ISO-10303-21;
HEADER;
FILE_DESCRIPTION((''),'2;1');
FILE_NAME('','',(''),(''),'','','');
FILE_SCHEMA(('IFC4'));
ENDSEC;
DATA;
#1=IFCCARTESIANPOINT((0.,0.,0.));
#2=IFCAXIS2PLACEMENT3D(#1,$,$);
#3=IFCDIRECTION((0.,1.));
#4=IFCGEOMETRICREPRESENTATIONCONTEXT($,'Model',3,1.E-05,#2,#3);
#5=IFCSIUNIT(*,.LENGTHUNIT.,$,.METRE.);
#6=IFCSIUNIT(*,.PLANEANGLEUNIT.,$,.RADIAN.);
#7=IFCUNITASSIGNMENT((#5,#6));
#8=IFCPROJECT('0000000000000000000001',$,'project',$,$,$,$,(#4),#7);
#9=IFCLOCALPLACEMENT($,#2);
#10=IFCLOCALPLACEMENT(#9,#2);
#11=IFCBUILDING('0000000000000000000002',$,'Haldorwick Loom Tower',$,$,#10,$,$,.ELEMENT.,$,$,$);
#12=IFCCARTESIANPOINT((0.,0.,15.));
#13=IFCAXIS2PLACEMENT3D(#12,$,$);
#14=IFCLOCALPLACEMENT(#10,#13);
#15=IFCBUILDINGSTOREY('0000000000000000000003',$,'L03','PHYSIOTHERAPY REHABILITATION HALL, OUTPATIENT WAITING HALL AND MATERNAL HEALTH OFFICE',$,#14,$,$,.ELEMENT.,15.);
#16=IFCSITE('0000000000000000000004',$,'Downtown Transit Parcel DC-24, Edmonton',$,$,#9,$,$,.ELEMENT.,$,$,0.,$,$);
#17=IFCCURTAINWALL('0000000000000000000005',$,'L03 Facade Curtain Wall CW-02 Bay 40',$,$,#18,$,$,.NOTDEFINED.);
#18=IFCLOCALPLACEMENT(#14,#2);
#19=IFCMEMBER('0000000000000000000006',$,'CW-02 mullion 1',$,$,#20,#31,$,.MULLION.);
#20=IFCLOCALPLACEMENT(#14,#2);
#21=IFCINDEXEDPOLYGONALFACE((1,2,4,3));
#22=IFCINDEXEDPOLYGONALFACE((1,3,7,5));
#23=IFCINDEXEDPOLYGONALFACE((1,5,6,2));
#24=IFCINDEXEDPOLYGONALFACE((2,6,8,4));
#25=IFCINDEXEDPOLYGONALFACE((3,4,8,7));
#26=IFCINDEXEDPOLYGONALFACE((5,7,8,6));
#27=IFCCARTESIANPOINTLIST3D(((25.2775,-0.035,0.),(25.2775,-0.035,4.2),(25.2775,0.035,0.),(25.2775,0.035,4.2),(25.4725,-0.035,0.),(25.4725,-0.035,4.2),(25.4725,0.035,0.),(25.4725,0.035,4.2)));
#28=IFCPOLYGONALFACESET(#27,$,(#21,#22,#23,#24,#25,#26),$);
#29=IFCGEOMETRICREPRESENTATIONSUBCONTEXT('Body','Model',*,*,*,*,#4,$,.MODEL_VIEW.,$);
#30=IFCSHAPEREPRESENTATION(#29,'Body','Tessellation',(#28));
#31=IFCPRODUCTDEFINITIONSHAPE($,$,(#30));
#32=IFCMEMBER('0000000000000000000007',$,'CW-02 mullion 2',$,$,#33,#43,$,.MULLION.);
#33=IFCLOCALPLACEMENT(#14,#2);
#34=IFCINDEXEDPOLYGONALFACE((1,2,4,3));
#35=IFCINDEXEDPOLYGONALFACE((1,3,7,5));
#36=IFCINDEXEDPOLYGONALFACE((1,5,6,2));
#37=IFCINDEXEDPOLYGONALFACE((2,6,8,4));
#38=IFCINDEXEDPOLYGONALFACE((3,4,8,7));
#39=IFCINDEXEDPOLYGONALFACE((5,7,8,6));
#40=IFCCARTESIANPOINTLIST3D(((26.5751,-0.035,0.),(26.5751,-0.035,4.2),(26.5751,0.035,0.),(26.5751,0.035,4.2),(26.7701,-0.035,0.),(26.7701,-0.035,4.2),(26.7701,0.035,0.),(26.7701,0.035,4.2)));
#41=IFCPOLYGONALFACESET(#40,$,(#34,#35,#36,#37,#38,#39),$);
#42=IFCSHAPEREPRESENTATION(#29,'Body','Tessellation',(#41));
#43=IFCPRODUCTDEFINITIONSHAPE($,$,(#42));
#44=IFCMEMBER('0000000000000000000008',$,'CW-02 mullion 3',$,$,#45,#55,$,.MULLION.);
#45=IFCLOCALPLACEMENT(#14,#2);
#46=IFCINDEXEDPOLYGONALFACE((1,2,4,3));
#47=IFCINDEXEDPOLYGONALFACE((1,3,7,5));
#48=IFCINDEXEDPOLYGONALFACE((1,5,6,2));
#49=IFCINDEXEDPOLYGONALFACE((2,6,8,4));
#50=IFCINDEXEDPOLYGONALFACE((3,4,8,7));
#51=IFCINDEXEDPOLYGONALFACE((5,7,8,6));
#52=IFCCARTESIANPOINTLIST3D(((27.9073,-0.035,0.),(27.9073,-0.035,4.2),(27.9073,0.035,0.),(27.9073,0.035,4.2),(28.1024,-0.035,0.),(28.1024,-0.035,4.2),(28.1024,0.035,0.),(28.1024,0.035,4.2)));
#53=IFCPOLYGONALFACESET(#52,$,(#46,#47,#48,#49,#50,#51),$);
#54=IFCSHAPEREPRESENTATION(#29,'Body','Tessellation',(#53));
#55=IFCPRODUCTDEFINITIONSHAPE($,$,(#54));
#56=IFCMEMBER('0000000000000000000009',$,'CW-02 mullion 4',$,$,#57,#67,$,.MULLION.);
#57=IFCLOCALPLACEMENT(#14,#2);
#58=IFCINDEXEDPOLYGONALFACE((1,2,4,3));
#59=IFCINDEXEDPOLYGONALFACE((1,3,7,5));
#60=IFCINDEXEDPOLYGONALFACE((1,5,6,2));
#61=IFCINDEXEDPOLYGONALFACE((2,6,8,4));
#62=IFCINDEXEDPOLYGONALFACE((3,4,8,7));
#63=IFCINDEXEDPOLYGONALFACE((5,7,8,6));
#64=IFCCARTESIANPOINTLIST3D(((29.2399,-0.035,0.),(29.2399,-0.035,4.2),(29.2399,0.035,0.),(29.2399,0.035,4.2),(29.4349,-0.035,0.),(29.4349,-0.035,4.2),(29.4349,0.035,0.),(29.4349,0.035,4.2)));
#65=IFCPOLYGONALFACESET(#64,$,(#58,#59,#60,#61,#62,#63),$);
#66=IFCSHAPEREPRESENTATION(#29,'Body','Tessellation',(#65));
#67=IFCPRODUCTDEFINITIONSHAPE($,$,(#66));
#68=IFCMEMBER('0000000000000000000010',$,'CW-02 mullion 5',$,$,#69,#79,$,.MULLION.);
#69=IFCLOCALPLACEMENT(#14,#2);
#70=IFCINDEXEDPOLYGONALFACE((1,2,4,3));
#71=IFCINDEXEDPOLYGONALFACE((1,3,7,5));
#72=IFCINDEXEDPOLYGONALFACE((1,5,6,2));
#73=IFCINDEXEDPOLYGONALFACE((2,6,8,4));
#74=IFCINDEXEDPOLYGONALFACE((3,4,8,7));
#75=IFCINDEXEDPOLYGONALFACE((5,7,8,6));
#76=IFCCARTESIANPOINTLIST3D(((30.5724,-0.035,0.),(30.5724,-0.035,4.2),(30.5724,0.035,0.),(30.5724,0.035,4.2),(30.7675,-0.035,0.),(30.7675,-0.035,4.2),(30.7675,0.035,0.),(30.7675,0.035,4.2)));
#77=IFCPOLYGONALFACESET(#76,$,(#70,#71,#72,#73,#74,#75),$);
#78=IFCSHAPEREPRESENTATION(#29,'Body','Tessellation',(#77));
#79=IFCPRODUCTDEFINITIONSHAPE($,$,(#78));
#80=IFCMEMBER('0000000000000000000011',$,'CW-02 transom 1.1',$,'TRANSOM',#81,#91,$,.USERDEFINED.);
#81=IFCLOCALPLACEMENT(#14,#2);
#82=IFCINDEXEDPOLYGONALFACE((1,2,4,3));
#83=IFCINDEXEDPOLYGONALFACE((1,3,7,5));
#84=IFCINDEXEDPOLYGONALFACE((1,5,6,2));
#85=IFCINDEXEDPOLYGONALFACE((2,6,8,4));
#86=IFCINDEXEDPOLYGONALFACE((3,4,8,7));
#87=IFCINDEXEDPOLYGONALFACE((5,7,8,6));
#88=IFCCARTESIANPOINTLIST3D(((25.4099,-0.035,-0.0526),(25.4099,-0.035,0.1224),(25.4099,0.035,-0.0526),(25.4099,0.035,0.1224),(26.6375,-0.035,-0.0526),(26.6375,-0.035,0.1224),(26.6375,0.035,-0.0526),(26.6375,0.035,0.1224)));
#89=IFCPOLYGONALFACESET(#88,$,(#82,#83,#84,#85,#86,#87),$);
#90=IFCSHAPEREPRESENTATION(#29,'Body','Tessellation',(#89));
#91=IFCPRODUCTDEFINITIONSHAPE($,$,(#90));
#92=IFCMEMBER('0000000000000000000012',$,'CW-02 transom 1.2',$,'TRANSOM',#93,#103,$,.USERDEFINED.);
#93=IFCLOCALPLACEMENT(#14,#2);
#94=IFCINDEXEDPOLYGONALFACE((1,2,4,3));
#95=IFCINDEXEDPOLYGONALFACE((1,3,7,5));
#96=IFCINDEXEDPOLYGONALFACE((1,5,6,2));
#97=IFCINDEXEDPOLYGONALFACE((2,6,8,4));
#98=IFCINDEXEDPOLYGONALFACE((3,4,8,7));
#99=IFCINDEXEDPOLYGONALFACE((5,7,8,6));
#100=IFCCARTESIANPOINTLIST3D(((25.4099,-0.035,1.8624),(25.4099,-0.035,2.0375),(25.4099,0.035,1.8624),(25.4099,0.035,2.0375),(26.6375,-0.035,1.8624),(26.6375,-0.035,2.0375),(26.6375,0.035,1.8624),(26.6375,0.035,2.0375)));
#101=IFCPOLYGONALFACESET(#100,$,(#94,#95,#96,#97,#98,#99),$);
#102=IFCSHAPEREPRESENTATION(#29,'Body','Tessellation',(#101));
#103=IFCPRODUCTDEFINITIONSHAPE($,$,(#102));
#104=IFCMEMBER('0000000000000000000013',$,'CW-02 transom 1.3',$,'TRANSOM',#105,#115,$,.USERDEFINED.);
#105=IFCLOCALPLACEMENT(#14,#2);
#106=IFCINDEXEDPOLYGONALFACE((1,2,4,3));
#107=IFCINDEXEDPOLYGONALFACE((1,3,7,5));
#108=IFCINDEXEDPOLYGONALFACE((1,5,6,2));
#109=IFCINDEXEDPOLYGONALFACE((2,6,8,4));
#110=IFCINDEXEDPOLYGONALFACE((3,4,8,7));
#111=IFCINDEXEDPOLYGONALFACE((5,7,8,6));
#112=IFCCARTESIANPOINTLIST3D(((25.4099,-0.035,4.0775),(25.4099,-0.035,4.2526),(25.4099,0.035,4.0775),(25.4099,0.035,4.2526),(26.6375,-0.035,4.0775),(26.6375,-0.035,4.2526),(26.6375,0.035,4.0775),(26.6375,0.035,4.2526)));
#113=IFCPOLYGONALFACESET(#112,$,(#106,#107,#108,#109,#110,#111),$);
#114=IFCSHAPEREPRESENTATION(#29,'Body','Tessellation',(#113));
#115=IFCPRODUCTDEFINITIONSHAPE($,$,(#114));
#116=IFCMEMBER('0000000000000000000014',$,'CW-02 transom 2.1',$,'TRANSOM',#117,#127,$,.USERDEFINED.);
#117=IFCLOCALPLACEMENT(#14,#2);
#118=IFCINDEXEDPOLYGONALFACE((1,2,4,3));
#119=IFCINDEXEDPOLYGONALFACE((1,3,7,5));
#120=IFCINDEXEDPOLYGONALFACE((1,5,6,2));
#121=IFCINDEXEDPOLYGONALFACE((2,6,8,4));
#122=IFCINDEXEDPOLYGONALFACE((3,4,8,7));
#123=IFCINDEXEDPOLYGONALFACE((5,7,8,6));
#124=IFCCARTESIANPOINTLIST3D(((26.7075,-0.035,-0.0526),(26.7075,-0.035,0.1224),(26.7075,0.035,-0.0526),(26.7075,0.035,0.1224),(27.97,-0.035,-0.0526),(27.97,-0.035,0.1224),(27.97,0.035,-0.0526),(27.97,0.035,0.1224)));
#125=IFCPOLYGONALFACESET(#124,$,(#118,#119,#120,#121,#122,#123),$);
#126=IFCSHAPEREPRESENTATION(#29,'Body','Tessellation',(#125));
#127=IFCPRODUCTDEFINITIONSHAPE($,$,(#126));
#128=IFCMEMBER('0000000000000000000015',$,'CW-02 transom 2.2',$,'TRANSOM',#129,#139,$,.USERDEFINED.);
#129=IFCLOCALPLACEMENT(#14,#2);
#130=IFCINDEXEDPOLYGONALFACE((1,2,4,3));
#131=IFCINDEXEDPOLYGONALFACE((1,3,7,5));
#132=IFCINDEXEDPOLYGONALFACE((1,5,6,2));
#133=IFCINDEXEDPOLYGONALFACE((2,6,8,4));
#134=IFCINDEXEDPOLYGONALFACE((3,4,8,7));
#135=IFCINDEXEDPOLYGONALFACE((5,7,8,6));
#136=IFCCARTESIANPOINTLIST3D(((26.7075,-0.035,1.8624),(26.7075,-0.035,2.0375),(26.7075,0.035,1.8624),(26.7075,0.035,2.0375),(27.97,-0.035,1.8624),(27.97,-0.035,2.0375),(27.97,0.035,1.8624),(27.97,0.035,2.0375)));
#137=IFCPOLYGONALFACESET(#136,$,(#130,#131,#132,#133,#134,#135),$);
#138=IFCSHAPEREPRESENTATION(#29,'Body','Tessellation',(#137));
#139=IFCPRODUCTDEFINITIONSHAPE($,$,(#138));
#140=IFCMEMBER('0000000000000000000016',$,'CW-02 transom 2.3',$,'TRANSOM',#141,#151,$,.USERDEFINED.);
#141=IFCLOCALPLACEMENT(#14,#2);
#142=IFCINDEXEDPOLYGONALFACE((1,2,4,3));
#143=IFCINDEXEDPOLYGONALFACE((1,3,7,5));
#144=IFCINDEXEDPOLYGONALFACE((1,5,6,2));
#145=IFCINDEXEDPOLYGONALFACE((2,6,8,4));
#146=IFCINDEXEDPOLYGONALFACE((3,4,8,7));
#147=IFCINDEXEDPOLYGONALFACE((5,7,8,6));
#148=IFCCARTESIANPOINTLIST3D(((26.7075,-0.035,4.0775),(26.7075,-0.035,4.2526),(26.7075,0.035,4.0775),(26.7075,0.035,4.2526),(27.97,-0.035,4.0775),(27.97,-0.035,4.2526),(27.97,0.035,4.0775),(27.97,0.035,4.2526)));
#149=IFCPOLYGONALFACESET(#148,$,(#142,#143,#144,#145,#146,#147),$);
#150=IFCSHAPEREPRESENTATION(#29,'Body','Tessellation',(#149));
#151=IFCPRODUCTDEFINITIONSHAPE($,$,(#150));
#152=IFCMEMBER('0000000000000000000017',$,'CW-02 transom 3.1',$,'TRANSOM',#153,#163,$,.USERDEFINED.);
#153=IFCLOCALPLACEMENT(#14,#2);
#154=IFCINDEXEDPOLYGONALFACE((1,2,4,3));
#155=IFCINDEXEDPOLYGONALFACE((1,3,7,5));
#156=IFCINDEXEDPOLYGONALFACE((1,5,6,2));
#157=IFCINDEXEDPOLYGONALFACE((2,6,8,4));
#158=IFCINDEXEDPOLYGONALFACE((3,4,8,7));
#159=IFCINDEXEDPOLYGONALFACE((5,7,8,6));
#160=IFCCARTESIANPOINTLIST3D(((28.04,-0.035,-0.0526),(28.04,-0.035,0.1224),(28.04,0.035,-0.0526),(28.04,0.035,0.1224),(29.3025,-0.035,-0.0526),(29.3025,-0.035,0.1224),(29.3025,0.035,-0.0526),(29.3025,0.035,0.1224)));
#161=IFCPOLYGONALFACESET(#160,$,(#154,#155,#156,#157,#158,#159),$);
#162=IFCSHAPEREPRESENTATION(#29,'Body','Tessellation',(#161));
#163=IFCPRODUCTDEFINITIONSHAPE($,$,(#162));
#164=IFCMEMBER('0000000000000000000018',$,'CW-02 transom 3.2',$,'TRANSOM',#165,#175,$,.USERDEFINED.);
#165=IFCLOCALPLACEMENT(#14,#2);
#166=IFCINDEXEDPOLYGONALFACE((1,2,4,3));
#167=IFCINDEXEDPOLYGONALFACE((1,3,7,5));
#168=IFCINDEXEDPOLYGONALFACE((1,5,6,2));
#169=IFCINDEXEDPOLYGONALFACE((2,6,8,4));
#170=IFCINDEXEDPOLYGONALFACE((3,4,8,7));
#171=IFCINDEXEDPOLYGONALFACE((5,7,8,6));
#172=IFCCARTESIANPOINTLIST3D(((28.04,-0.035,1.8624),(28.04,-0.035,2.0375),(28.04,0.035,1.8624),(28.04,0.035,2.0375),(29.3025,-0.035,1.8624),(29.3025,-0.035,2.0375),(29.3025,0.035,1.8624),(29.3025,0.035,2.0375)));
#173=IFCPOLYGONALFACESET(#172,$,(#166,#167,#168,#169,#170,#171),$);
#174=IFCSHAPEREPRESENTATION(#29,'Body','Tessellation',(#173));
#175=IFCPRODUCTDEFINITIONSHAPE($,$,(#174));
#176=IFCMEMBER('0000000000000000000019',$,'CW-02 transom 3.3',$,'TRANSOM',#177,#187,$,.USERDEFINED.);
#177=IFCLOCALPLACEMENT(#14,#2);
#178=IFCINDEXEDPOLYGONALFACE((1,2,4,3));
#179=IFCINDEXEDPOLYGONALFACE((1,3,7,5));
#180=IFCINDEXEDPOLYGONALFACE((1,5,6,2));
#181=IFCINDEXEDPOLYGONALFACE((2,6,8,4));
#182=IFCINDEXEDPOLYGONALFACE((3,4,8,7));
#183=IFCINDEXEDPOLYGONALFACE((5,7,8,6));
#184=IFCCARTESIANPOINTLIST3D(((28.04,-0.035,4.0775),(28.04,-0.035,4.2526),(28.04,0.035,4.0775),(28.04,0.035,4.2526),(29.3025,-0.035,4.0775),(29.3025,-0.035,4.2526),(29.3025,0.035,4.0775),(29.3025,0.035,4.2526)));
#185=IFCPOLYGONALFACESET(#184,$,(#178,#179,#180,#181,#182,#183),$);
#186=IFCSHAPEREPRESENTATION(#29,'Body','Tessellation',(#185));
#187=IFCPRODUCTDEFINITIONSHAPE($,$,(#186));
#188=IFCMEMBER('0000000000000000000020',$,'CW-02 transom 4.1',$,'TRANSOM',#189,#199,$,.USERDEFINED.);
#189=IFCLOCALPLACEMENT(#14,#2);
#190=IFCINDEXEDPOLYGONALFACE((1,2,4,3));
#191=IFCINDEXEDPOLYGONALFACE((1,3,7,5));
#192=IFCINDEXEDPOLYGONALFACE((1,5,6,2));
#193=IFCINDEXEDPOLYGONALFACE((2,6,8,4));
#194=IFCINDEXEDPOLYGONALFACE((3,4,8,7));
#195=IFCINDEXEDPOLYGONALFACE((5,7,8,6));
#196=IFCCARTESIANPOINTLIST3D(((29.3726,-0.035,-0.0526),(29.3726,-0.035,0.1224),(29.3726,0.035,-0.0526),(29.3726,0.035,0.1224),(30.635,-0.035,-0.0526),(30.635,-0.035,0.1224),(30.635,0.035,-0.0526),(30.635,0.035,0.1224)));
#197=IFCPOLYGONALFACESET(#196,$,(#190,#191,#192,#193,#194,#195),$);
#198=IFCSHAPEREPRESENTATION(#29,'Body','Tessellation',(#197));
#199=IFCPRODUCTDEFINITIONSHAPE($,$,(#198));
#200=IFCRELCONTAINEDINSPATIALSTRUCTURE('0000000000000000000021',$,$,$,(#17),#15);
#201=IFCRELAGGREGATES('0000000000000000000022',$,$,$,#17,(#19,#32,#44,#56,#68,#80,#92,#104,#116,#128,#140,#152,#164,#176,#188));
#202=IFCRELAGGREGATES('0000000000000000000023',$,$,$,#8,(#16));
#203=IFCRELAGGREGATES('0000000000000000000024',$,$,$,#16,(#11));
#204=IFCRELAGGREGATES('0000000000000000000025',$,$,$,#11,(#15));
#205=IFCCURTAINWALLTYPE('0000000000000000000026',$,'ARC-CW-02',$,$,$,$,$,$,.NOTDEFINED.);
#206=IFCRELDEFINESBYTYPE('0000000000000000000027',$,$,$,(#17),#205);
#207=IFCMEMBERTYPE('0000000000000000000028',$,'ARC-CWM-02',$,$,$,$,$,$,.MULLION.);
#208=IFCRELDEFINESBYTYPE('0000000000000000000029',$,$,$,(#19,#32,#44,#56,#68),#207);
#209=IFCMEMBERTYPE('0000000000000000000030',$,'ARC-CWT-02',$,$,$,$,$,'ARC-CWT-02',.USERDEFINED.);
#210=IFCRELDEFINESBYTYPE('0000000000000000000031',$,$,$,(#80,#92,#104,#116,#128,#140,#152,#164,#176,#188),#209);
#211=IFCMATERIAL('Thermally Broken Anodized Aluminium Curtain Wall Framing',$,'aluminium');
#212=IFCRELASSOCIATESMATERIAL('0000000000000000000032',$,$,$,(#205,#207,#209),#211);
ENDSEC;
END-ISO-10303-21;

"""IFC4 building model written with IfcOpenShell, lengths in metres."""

from ifc_helpers import new_model, si_unit, direction, frame, origin, origin_2d, place, context, subcontext, project, spatial, rectangle, extrude, material, material_profile, profile_set, type_object, element, aggregate, save


model = new_model("IFC4")

# Units and contexts
model_context = context("Model", 3, precision=1e-05, world=origin(), true_north=direction((0.0, 1.0)))
body_context = subcontext(model_context, "Body", "Model", "MODEL_VIEW")
ifc_project = project(units=[si_unit("LENGTHUNIT", "METRE"), si_unit("PLANEANGLEUNIT", "RADIAN")], contexts=[model_context])

# Site, building, storey
site_placement = place(None, origin())
site = spatial("IfcSite", under=ifc_project, at=site_placement, Name="Downtown Transit Parcel DC-24, Edmonton", CompositionType="ELEMENT", RefElevation=0.0)
building_placement = place(site_placement, origin())
building = spatial("IfcBuilding", under=site, at=building_placement, Name="Haldorwick Loom Tower", CompositionType="ELEMENT")
storey_placement = place(building_placement, frame((0.0, 0.0, 15.0)))
storey = spatial("IfcBuildingStorey", under=building, at=storey_placement, Name="L03", Description="PHYSIOTHERAPY REHABILITATION HALL, OUTPATIENT WAITING HALL AND MATERNAL HEALTH OFFICE", CompositionType="ELEMENT", Elevation=15.0)

# Curtain wall, members
ifc_material_1 = material(Name="Thermally Broken Anodized Aluminium Curtain Wall Framing", Category="aluminium")
curtain_wall_type = type_object("IfcCurtainWallType", Name="ARC-CW-02", PredefinedType="NOTDEFINED", material=ifc_material_1)
curtain_wall_placement = place(storey_placement, origin())
curtain_wall = element("IfcCurtainWall", 1, at=curtain_wall_placement, inside=storey, type_object=curtain_wall_type, Name="L03 Facade Curtain Wall CW-02 Bay 40", PredefinedType="NOTDEFINED")
ifc_material_profile_1 = material_profile(ifc_material_1, rectangle(XDim=0.0701, YDim=0.1951, at=origin_2d()), Name="ALU_MUL_70X195", Category="aluminium")
ifc_profile_set_1 = profile_set([ifc_material_profile_1], Name="Thermally Broken Anodized Aluminium Curtain Wall Framing")
member_type_1 = type_object("IfcMemberType", Name="ARC-CWM-02", PredefinedType="MULLION", material=ifc_profile_set_1)
member_1_placement = place(storey_placement, frame((25.375, 0.0, 0.0), z_axis=(0.0, 0.0, 1.0), x_axis=(0.0, 1.0, 0.0)))
member_1 = element("IfcMember", 2, at=member_1_placement, type_object=member_type_1, Name="CW-02 mullion 1", PredefinedType="MULLION", context=body_context, shape_type="SweptSolid", body=[
    extrude(rectangle(XDim=0.0701, YDim=0.1951, at=origin_2d()), origin(), (0.0, 0.0, 1.0), 4.2),
])
member_2_placement = place(storey_placement, frame((26.6726, 0.0, 0.0), z_axis=(0.0, 0.0, 1.0), x_axis=(0.0, 1.0, 0.0)))
member_2 = element("IfcMember", 3, at=member_2_placement, type_object=member_type_1, Name="CW-02 mullion 2", PredefinedType="MULLION", context=body_context, shape_type="SweptSolid", body=[
    extrude(rectangle(XDim=0.0701, YDim=0.1951, at=origin_2d()), origin(), (0.0, 0.0, 1.0), 4.2),
])
member_3_placement = place(storey_placement, frame((28.0049, 0.0, 0.0), z_axis=(0.0, 0.0, 1.0), x_axis=(0.0, 1.0, 0.0)))
member_3 = element("IfcMember", 4, at=member_3_placement, type_object=member_type_1, Name="CW-02 mullion 3", PredefinedType="MULLION", context=body_context, shape_type="SweptSolid", body=[
    extrude(rectangle(XDim=0.0701, YDim=0.1951, at=origin_2d()), origin(), (0.0, 0.0, 1.0), 4.2),
])
member_4_placement = place(storey_placement, frame((29.3374, 0.0, 0.0), z_axis=(0.0, 0.0, 1.0), x_axis=(0.0, 1.0, 0.0)))
member_4 = element("IfcMember", 5, at=member_4_placement, type_object=member_type_1, Name="CW-02 mullion 4", PredefinedType="MULLION", context=body_context, shape_type="SweptSolid", body=[
    extrude(rectangle(XDim=0.0701, YDim=0.1951, at=origin_2d()), origin(), (0.0, 0.0, 1.0), 4.2),
])
member_5_placement = place(storey_placement, frame((30.6699, 0.0, 0.0), z_axis=(0.0, 0.0, 1.0), x_axis=(0.0, 1.0, 0.0)))
member_5 = element("IfcMember", 6, at=member_5_placement, type_object=member_type_1, Name="CW-02 mullion 5", PredefinedType="MULLION", context=body_context, shape_type="SweptSolid", body=[
    extrude(rectangle(XDim=0.0701, YDim=0.1951, at=origin_2d()), origin(), (0.0, 0.0, 1.0), 4.2),
])
ifc_material_profile_2 = material_profile(ifc_material_1, rectangle(XDim=0.0701, YDim=0.175, at=origin_2d()), Name="ALU_TRN_70X175", Category="aluminium")
ifc_profile_set_2 = profile_set([ifc_material_profile_2], Name="Thermally Broken Anodized Aluminium Curtain Wall Framing")
member_type_2 = type_object("IfcMemberType", Name="ARC-CWT-02", ElementType="ARC-CWT-02", PredefinedType="USERDEFINED", material=ifc_profile_set_2)
member_6_placement = place(storey_placement, frame((25.4099, 0.0, 0.0349), z_axis=(1.0, 0.0, 0.0), x_axis=(0.0, 1.0, 0.0)))
member_6 = element("IfcMember", 7, at=member_6_placement, type_object=member_type_2, Name="CW-02 transom 1.1", ObjectType="TRANSOM", PredefinedType="USERDEFINED", context=body_context, shape_type="SweptSolid", body=[
    extrude(rectangle(XDim=0.0701, YDim=0.175, at=origin_2d()), origin(), (0.0, 0.0, 1.0), 1.2275),
])
member_7_placement = place(storey_placement, frame((25.4099, 0.0, 1.95), z_axis=(1.0, 0.0, 0.0), x_axis=(0.0, 1.0, 0.0)))
member_7 = element("IfcMember", 8, at=member_7_placement, type_object=member_type_2, Name="CW-02 transom 1.2", ObjectType="TRANSOM", PredefinedType="USERDEFINED", context=body_context, shape_type="SweptSolid", body=[
    extrude(rectangle(XDim=0.0701, YDim=0.175, at=origin_2d()), origin(), (0.0, 0.0, 1.0), 1.2275),
])
member_8_placement = place(storey_placement, frame((25.4099, 0.0, 4.165), z_axis=(1.0, 0.0, 0.0), x_axis=(0.0, 1.0, 0.0)))
member_8 = element("IfcMember", 9, at=member_8_placement, type_object=member_type_2, Name="CW-02 transom 1.3", ObjectType="TRANSOM", PredefinedType="USERDEFINED", context=body_context, shape_type="SweptSolid", body=[
    extrude(rectangle(XDim=0.0701, YDim=0.175, at=origin_2d()), origin(), (0.0, 0.0, 1.0), 1.2275),
])
member_9_placement = place(storey_placement, frame((26.7075, 0.0, 0.0349), z_axis=(1.0, 0.0, 0.0), x_axis=(0.0, 1.0, 0.0)))
member_9 = element("IfcMember", 10, at=member_9_placement, type_object=member_type_2, Name="CW-02 transom 2.1", ObjectType="TRANSOM", PredefinedType="USERDEFINED", context=body_context, shape_type="SweptSolid", body=[
    extrude(rectangle(XDim=0.0701, YDim=0.175, at=origin_2d()), origin(), (0.0, 0.0, 1.0), 1.2625),
])
member_10_placement = place(storey_placement, frame((26.7075, 0.0, 1.95), z_axis=(1.0, 0.0, 0.0), x_axis=(0.0, 1.0, 0.0)))
member_10 = element("IfcMember", 11, at=member_10_placement, type_object=member_type_2, Name="CW-02 transom 2.2", ObjectType="TRANSOM", PredefinedType="USERDEFINED", context=body_context, shape_type="SweptSolid", body=[
    extrude(rectangle(XDim=0.0701, YDim=0.175, at=origin_2d()), origin(), (0.0, 0.0, 1.0), 1.2625),
])
member_11_placement = place(storey_placement, frame((26.7075, 0.0, 4.165), z_axis=(1.0, 0.0, 0.0), x_axis=(0.0, 1.0, 0.0)))
member_11 = element("IfcMember", 12, at=member_11_placement, type_object=member_type_2, Name="CW-02 transom 2.3", ObjectType="TRANSOM", PredefinedType="USERDEFINED", context=body_context, shape_type="SweptSolid", body=[
    extrude(rectangle(XDim=0.0701, YDim=0.175, at=origin_2d()), origin(), (0.0, 0.0, 1.0), 1.2625),
])
member_12_placement = place(storey_placement, frame((28.04, 0.0, 0.0349), z_axis=(1.0, 0.0, 0.0), x_axis=(0.0, 1.0, 0.0)))
member_12 = element("IfcMember", 13, at=member_12_placement, type_object=member_type_2, Name="CW-02 transom 3.1", ObjectType="TRANSOM", PredefinedType="USERDEFINED", context=body_context, shape_type="SweptSolid", body=[
    extrude(rectangle(XDim=0.0701, YDim=0.175, at=origin_2d()), origin(), (0.0, 0.0, 1.0), 1.2625),
])
member_13_placement = place(storey_placement, frame((28.04, 0.0, 1.95), z_axis=(1.0, 0.0, 0.0), x_axis=(0.0, 1.0, 0.0)))
member_13 = element("IfcMember", 14, at=member_13_placement, type_object=member_type_2, Name="CW-02 transom 3.2", ObjectType="TRANSOM", PredefinedType="USERDEFINED", context=body_context, shape_type="SweptSolid", body=[
    extrude(rectangle(XDim=0.0701, YDim=0.175, at=origin_2d()), origin(), (0.0, 0.0, 1.0), 1.2625),
])
member_14_placement = place(storey_placement, frame((28.04, 0.0, 4.165), z_axis=(1.0, 0.0, 0.0), x_axis=(0.0, 1.0, 0.0)))
member_14 = element("IfcMember", 15, at=member_14_placement, type_object=member_type_2, Name="CW-02 transom 3.3", ObjectType="TRANSOM", PredefinedType="USERDEFINED", context=body_context, shape_type="SweptSolid", body=[
    extrude(rectangle(XDim=0.0701, YDim=0.175, at=origin_2d()), origin(), (0.0, 0.0, 1.0), 1.2625),
])
member_15_placement = place(storey_placement, frame((29.3726, 0.0, 0.0349), z_axis=(1.0, 0.0, 0.0), x_axis=(0.0, 1.0, 0.0)))
member_15 = element("IfcMember", 16, at=member_15_placement, type_object=member_type_2, Name="CW-02 transom 4.1", ObjectType="TRANSOM", PredefinedType="USERDEFINED", context=body_context, shape_type="SweptSolid", body=[
    extrude(rectangle(XDim=0.0701, YDim=0.175, at=origin_2d()), origin(), (0.0, 0.0, 1.0), 1.2625),
])
aggregate(curtain_wall, [member_1, member_2, member_3, member_4, member_5, member_6, member_7, member_8, member_9, member_10, member_11, member_12, member_13, member_14, member_15])

save(model, "model.ifc")
